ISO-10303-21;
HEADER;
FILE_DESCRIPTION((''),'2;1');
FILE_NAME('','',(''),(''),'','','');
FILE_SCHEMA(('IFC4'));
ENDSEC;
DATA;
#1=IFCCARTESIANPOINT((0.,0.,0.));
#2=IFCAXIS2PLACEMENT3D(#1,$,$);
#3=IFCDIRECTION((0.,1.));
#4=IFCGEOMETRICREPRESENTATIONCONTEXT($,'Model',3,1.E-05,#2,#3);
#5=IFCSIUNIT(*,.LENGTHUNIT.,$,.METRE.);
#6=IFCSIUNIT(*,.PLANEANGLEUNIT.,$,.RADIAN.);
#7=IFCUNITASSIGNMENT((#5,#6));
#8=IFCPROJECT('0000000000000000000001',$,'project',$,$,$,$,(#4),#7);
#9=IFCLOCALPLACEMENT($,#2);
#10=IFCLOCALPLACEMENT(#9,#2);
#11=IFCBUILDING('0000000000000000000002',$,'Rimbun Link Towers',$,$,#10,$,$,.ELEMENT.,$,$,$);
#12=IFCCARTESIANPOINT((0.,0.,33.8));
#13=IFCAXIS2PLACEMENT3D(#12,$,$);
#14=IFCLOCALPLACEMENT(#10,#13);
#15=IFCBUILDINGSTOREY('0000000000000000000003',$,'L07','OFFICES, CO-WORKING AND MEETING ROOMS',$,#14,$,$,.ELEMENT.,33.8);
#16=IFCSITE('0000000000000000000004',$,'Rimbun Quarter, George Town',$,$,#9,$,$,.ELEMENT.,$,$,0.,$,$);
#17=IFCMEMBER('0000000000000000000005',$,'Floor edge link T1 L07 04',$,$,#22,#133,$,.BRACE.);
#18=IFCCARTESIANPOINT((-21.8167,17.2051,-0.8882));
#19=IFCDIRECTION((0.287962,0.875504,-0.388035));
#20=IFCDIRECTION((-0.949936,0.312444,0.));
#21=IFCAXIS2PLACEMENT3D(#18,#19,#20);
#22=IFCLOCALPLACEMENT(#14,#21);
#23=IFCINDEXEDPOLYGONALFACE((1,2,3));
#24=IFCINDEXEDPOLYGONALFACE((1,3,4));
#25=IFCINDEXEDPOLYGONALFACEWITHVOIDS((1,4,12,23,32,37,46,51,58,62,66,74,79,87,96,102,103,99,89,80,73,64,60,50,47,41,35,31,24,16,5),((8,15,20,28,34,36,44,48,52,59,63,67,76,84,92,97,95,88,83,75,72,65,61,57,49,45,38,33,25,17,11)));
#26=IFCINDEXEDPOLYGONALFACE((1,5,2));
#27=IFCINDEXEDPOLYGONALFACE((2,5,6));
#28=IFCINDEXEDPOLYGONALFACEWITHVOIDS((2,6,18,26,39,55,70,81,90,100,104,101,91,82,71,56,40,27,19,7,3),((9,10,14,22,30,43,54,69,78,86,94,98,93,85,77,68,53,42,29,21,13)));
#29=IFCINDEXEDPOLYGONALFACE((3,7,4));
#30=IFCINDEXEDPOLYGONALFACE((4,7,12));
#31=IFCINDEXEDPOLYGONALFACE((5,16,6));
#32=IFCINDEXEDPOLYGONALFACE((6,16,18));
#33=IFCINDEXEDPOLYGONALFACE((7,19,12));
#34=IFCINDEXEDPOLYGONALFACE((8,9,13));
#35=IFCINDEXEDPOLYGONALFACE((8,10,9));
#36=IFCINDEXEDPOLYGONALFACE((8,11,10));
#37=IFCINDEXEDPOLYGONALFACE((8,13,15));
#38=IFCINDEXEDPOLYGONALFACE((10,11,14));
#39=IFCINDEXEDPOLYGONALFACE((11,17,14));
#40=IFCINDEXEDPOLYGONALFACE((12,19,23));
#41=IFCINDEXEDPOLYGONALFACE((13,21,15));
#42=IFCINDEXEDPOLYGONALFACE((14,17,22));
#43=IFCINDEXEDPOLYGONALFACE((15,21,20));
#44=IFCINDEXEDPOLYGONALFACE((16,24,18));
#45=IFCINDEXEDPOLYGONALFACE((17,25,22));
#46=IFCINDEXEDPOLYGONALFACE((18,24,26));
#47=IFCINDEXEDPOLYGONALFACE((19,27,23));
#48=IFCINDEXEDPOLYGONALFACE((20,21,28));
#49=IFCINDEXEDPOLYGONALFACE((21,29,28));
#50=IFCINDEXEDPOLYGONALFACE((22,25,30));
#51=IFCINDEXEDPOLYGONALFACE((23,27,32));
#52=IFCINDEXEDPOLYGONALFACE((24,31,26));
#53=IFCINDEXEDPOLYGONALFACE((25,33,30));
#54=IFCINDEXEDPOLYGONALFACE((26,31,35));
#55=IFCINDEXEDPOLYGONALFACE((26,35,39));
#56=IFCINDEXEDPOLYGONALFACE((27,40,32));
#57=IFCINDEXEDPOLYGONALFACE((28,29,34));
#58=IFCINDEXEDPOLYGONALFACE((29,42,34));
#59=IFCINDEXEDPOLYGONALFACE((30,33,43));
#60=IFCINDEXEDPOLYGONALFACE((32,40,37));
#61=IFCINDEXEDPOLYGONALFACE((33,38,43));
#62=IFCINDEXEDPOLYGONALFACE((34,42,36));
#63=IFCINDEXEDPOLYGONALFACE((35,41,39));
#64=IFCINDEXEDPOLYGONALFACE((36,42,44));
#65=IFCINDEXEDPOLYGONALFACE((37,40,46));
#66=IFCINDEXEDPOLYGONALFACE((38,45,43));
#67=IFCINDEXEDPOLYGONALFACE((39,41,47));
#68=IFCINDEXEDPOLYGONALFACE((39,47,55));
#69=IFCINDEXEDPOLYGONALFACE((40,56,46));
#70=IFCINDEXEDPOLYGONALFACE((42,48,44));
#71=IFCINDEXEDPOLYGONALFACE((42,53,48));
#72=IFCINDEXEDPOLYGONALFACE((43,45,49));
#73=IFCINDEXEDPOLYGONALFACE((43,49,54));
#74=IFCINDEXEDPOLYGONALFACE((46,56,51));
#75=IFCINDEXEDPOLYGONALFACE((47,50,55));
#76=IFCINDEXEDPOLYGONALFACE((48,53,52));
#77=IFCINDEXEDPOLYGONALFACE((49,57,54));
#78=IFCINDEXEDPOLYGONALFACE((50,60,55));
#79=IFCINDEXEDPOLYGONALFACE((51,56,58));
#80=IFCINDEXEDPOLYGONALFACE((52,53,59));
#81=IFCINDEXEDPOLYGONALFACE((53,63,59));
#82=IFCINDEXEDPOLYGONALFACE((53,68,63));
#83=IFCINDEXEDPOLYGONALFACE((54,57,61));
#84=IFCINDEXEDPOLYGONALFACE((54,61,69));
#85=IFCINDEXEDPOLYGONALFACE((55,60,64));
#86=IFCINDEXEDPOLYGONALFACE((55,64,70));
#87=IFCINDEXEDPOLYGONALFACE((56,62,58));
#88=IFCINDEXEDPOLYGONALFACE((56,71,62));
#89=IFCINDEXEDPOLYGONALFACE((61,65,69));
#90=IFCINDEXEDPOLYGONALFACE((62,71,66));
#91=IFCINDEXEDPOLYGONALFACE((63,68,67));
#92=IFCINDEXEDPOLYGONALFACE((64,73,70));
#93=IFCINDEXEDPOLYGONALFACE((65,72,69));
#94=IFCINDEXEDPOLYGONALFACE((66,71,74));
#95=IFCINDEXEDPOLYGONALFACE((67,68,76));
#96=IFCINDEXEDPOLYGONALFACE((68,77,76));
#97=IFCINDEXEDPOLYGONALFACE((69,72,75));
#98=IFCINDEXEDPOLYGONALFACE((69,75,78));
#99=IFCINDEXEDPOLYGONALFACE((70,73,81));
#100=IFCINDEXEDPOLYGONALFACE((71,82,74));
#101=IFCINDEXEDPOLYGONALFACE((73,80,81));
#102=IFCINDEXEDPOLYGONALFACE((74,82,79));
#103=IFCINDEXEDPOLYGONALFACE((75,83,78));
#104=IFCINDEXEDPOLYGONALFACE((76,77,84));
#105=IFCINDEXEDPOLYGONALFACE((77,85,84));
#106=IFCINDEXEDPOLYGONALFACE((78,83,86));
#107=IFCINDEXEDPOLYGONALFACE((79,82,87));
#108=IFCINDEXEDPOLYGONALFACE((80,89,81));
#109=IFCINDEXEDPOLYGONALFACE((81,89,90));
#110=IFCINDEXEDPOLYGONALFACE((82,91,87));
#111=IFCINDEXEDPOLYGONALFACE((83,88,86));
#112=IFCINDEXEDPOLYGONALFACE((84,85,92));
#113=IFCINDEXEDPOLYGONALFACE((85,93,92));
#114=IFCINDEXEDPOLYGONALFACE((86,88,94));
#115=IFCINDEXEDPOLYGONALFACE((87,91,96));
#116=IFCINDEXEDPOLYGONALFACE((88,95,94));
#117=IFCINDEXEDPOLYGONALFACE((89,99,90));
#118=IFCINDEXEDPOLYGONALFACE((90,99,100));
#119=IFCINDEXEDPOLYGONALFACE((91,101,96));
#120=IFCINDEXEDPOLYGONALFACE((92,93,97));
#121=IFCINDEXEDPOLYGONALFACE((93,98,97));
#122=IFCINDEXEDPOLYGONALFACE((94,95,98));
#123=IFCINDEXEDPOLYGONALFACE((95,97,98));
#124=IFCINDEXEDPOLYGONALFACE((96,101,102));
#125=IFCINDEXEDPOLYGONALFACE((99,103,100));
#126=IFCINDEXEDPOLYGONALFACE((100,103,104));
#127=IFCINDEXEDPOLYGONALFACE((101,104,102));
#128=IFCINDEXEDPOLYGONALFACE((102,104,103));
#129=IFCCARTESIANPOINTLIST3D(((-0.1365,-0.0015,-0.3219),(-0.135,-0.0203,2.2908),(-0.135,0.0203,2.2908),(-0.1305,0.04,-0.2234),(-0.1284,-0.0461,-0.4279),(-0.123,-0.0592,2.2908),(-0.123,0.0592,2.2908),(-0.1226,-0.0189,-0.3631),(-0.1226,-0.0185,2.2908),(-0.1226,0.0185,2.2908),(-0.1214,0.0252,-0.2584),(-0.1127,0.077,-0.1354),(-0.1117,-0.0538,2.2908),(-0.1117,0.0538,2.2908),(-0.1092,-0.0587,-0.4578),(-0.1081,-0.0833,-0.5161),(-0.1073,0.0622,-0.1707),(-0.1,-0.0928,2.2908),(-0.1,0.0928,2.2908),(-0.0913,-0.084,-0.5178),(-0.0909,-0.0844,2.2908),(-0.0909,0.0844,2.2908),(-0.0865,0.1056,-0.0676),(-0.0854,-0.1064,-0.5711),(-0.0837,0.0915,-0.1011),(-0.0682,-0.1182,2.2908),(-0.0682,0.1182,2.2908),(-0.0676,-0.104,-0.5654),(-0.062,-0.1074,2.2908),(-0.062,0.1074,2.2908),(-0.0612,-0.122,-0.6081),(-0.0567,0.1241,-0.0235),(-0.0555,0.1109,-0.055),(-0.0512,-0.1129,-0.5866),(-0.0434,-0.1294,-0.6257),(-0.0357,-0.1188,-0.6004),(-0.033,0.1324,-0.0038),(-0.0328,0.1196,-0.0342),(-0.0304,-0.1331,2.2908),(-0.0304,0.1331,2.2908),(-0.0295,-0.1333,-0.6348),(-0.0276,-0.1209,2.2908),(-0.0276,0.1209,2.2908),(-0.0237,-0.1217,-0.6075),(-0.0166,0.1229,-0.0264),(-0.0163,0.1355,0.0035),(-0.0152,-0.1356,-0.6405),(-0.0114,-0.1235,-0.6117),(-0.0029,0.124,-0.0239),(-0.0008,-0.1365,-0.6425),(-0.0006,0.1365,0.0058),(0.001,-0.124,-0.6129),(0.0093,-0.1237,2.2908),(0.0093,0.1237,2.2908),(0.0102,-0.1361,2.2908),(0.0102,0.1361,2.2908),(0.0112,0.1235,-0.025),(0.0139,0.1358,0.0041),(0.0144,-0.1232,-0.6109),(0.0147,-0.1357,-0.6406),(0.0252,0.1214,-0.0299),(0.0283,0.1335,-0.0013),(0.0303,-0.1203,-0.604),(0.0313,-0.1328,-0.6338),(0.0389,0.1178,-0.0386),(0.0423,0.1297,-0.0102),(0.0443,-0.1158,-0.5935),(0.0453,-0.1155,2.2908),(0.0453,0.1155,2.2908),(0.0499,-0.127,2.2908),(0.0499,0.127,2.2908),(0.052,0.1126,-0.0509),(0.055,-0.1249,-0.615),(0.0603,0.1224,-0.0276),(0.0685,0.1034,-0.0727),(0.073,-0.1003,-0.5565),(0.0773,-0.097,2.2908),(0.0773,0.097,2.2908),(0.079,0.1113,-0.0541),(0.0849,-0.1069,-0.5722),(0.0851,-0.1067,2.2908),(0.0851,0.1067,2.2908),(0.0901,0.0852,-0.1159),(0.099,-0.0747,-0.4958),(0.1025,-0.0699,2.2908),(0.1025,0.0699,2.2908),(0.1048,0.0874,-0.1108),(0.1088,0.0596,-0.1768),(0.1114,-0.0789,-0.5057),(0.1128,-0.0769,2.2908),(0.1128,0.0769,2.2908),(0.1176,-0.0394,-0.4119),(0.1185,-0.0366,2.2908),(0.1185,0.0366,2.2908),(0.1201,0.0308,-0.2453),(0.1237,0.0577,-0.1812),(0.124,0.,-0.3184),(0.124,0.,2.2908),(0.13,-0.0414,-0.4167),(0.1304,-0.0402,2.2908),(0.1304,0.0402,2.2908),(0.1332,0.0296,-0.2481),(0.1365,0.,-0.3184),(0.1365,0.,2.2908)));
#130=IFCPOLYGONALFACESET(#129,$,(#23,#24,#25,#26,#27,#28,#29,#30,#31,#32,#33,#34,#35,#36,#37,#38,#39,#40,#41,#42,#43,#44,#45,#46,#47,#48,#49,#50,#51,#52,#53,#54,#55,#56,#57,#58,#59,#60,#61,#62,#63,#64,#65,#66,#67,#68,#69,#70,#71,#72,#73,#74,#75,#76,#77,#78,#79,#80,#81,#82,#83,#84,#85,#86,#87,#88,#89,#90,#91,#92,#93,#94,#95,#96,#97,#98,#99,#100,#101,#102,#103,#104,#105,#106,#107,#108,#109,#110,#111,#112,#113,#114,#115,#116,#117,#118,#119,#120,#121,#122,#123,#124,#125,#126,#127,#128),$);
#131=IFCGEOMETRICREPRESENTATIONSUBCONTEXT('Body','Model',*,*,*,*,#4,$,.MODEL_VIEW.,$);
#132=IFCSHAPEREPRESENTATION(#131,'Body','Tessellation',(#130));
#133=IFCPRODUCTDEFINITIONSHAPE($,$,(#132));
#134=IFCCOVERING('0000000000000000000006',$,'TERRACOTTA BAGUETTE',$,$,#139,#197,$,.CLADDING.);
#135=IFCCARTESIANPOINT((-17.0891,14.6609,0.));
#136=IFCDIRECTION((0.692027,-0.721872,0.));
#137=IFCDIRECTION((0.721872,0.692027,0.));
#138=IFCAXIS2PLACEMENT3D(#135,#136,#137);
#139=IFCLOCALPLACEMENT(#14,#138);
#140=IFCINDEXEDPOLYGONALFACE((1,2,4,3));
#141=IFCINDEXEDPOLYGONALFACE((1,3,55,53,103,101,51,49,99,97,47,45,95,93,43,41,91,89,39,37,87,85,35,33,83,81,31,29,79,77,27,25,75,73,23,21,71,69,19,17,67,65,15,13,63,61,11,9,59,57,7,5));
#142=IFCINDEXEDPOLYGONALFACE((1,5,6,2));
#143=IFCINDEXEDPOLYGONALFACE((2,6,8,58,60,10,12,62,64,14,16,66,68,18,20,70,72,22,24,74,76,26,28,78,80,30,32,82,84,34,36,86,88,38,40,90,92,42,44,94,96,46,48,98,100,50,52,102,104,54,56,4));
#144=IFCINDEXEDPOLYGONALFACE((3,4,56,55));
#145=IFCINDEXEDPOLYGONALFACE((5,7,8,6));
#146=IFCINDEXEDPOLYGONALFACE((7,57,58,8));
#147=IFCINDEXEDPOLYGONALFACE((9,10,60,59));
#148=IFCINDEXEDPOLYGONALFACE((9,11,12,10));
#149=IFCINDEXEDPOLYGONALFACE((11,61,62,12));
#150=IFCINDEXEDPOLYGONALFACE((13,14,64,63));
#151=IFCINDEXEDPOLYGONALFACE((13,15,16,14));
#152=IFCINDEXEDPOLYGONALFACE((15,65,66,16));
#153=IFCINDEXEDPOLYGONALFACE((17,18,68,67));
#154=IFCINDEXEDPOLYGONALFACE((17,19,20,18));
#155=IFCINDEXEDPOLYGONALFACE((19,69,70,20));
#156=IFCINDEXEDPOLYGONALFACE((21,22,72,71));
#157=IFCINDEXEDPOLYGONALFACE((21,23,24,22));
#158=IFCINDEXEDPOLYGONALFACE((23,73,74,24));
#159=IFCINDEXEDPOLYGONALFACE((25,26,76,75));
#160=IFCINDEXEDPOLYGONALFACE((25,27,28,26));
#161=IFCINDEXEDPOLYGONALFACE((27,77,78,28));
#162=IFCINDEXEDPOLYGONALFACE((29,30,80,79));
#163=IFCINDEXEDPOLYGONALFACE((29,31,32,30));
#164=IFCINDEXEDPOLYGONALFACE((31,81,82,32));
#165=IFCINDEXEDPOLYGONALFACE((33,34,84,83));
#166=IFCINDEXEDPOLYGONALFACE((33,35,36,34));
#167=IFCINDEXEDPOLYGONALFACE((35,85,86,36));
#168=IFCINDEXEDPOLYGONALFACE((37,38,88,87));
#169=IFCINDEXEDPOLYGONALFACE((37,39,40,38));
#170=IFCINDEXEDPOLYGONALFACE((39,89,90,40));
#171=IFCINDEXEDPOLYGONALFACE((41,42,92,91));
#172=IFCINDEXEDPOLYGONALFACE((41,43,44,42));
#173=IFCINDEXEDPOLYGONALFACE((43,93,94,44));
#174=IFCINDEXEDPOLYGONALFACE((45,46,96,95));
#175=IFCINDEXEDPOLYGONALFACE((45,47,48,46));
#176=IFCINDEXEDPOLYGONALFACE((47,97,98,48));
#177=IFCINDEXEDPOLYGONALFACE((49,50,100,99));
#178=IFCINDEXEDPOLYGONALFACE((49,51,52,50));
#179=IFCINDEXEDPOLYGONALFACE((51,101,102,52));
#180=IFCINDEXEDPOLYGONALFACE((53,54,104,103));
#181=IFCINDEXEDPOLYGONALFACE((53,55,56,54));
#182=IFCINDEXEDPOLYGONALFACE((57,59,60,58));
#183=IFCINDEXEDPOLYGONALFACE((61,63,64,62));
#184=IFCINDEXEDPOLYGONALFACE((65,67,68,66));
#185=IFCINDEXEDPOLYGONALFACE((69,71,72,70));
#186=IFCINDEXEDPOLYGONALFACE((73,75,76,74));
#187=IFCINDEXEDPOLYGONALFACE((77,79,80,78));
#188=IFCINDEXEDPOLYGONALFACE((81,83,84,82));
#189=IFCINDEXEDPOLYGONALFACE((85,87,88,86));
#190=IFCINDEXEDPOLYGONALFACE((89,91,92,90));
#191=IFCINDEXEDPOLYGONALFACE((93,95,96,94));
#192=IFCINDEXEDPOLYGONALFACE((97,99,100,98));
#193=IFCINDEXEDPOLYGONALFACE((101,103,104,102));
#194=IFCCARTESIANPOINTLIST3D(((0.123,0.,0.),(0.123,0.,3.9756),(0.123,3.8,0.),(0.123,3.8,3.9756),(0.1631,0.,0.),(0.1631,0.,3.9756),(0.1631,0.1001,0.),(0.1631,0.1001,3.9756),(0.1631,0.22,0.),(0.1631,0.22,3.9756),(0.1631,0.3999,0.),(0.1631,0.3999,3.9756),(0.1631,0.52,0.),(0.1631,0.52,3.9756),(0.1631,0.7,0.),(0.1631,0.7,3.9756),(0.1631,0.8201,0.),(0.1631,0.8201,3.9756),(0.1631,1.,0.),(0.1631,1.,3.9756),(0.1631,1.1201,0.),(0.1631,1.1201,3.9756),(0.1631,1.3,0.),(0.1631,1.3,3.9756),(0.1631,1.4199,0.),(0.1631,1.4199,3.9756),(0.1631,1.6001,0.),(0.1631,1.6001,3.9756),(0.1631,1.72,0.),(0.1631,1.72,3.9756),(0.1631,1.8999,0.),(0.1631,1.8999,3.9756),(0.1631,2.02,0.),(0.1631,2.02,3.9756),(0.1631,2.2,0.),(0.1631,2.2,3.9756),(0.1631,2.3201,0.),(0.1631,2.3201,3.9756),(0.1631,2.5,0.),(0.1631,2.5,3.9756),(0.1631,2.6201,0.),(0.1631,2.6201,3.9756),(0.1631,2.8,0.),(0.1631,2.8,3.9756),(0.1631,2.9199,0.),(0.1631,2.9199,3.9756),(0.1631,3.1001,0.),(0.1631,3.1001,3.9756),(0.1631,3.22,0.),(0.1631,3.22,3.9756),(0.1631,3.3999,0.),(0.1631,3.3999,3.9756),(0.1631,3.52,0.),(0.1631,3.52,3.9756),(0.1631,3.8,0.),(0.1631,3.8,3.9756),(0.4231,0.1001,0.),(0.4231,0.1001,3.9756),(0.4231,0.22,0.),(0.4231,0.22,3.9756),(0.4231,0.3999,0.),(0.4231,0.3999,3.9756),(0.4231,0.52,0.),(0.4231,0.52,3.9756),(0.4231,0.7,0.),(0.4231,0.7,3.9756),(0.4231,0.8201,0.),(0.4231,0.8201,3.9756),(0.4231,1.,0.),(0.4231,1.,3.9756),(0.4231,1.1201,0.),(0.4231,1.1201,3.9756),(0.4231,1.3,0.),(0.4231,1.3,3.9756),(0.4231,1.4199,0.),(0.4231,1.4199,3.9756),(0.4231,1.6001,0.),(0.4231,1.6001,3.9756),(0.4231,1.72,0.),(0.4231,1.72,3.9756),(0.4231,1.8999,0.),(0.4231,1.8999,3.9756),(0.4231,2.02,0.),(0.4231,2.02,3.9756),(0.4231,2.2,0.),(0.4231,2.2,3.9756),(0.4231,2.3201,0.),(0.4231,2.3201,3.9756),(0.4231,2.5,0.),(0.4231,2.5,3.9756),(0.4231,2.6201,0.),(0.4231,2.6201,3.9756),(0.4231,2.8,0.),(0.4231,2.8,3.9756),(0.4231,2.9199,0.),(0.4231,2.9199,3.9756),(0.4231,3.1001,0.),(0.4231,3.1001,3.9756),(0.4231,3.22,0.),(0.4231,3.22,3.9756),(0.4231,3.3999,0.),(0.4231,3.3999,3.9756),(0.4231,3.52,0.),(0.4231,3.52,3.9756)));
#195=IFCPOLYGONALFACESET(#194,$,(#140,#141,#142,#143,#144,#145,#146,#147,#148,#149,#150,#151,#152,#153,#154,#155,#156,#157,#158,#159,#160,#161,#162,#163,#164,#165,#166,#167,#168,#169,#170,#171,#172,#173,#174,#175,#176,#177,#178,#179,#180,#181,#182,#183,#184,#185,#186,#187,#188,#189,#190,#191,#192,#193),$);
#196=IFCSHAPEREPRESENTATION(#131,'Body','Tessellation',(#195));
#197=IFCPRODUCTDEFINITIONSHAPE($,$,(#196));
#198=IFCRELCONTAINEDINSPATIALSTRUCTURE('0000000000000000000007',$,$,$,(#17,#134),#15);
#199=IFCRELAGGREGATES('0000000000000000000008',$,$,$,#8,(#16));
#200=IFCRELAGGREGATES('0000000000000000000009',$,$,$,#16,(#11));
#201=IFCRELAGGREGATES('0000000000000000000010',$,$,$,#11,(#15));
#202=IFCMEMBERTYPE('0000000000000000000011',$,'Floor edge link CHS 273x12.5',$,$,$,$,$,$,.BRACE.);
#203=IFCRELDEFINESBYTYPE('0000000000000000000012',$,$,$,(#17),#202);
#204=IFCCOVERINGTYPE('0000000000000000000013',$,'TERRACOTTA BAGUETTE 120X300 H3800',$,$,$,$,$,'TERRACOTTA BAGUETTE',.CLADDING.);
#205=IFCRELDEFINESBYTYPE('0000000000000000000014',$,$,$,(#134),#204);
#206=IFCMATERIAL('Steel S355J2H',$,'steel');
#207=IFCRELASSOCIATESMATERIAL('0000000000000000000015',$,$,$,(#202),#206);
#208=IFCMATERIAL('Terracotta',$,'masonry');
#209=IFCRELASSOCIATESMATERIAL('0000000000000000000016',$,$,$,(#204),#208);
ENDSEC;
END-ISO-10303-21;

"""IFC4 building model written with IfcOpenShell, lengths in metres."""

from ifc_helpers import new_model, si_unit, direction, frame, origin, origin_2d, place, context, subcontext, project, spatial, polyline, hollow_circle, outline, extrude, clip, halfspace, material, material_profile, profile_set, type_object, element, save


model = new_model("IFC4")

# Units and contexts
model_context = context("Model", 3, precision=1e-05, world=origin(), true_north=direction((0.0, 1.0)))
body_context = subcontext(model_context, "Body", "Model", "MODEL_VIEW")
ifc_project = project(units=[si_unit("LENGTHUNIT", "METRE"), si_unit("PLANEANGLEUNIT", "RADIAN")], contexts=[model_context])

# Site, building, storey
site_placement = place(None, origin())
site = spatial("IfcSite", under=ifc_project, at=site_placement, Name="Rimbun Quarter, George Town", CompositionType="ELEMENT", RefElevation=0.0)
building_placement = place(site_placement, origin())
building = spatial("IfcBuilding", under=site, at=building_placement, Name="Rimbun Link Towers", CompositionType="ELEMENT")
storey_placement = place(building_placement, frame((0.0, 0.0, 33.8)))
storey = spatial("IfcBuildingStorey", under=building, at=storey_placement, Name="L07", Description="OFFICES, CO-WORKING AND MEETING ROOMS", CompositionType="ELEMENT", Elevation=33.8)

# Member
ifc_material_1 = material(Name="Steel S355J2H", Category="steel")
ifc_material_profile_1 = material_profile(ifc_material_1, hollow_circle(Radius=0.1365, WallThickness=0.0125, at=origin_2d()), Name="CHS 273x12.5")
ifc_profile_set_1 = profile_set([ifc_material_profile_1], Name="Steel S355J2H")
member_type_1 = type_object("IfcMemberType", Name="Floor edge link CHS 273x12.5", PredefinedType="BRACE", material=ifc_profile_set_1)
member_1_placement = place(storey_placement, frame((-21.8167, 17.2051, -0.8882), z_axis=(0.287962, 0.875504, -0.388035), x_axis=(-0.949936, 0.312444, 0.0)))
element("IfcMember", 1, at=member_1_placement, inside=storey, type_object=member_type_1, Name="Floor edge link T1 L07 04", PredefinedType="BRACE", context=body_context, shape_type="Clipping", body=[
    clip(extrude(hollow_circle(Radius=0.1365, WallThickness=0.0125, at=origin_2d()), frame((0.0, 0.0, -0.6741)), (0.0, 0.0, 1.0), 2.9648), halfspace(frame((0.0, 0.0, -0.3184), z_axis=(0.0, 0.921645, -0.388035)), False)),
])

# Covering
ifc_material_2 = material(Name="Terracotta", Category="masonry")
ifc_material_profile_2 = material_profile(ifc_material_2, outline(polyline([(0.123, 0.0), (0.1631, 0.0), (0.1631, 0.1001), (0.4231, 0.1001), (0.4231, 0.22), (0.1631, 0.22), (0.1631, 0.3999), (0.4231, 0.3999), (0.4231, 0.52), (0.1631, 0.52), (0.1631, 0.7), (0.4231, 0.7), (0.4231, 0.8201), (0.1631, 0.8201), (0.1631, 1.0), (0.4231, 1.0), (0.4231, 1.1201), (0.1631, 1.1201), (0.1631, 1.3), (0.4231, 1.3), (0.4231, 1.4199), (0.1631, 1.4199), (0.1631, 1.6001), (0.4231, 1.6001), (0.4231, 1.72), (0.1631, 1.72), (0.1631, 1.8999), (0.4231, 1.8999), (0.4231, 2.02), (0.1631, 2.02), (0.1631, 2.2), (0.4231, 2.2), (0.4231, 2.3201), (0.1631, 2.3201), (0.1631, 2.5), (0.4231, 2.5), (0.4231, 2.6201), (0.1631, 2.6201), (0.1631, 2.8), (0.4231, 2.8), (0.4231, 2.9199), (0.1631, 2.9199), (0.1631, 3.1001), (0.4231, 3.1001), (0.4231, 3.22), (0.1631, 3.22), (0.1631, 3.3999), (0.4231, 3.3999), (0.4231, 3.52), (0.1631, 3.52), (0.1631, 3.8), (0.123, 3.8), (0.123, 0.0)])), Name="BAGUETTE 120X300")
ifc_profile_set_2 = profile_set([ifc_material_profile_2], Name="Terracotta")
covering_type = type_object("IfcCoveringType", Name="TERRACOTTA BAGUETTE 120X300 H3800", ElementType="TERRACOTTA BAGUETTE", PredefinedType="CLADDING", material=ifc_profile_set_2)
covering_1_placement = place(storey_placement, frame((-17.0891, 14.6609, 0.0), z_axis=(0.692027, -0.721872, 0.0), x_axis=(0.721872, 0.692027, 0.0)))
element("IfcCovering", 2, at=covering_1_placement, inside=storey, type_object=covering_type, Name="TERRACOTTA BAGUETTE", PredefinedType="CLADDING", context=body_context, shape_type="SweptSolid", body=[
    extrude(outline(polyline([(0.123, 0.0), (0.1631, 0.0), (0.1631, 0.1001), (0.4231, 0.1001), (0.4231, 0.22), (0.1631, 0.22), (0.1631, 0.3999), (0.4231, 0.3999), (0.4231, 0.52), (0.1631, 0.52), (0.1631, 0.7), (0.4231, 0.7), (0.4231, 0.8201), (0.1631, 0.8201), (0.1631, 1.0), (0.4231, 1.0), (0.4231, 1.1201), (0.1631, 1.1201), (0.1631, 1.3), (0.4231, 1.3), (0.4231, 1.4199), (0.1631, 1.4199), (0.1631, 1.6001), (0.4231, 1.6001), (0.4231, 1.72), (0.1631, 1.72), (0.1631, 1.8999), (0.4231, 1.8999), (0.4231, 2.02), (0.1631, 2.02), (0.1631, 2.2), (0.4231, 2.2), (0.4231, 2.3201), (0.1631, 2.3201), (0.1631, 2.5), (0.4231, 2.5), (0.4231, 2.6201), (0.1631, 2.6201), (0.1631, 2.8), (0.4231, 2.8), (0.4231, 2.9199), (0.1631, 2.9199), (0.1631, 3.1001), (0.4231, 3.1001), (0.4231, 3.22), (0.1631, 3.22), (0.1631, 3.3999), (0.4231, 3.3999), (0.4231, 3.52), (0.1631, 3.52), (0.1631, 3.8), (0.123, 3.8), (0.123, 0.0)])), origin(), (0.0, 0.0, 1.0), 3.9756),
])

save(model, "model.ifc")
